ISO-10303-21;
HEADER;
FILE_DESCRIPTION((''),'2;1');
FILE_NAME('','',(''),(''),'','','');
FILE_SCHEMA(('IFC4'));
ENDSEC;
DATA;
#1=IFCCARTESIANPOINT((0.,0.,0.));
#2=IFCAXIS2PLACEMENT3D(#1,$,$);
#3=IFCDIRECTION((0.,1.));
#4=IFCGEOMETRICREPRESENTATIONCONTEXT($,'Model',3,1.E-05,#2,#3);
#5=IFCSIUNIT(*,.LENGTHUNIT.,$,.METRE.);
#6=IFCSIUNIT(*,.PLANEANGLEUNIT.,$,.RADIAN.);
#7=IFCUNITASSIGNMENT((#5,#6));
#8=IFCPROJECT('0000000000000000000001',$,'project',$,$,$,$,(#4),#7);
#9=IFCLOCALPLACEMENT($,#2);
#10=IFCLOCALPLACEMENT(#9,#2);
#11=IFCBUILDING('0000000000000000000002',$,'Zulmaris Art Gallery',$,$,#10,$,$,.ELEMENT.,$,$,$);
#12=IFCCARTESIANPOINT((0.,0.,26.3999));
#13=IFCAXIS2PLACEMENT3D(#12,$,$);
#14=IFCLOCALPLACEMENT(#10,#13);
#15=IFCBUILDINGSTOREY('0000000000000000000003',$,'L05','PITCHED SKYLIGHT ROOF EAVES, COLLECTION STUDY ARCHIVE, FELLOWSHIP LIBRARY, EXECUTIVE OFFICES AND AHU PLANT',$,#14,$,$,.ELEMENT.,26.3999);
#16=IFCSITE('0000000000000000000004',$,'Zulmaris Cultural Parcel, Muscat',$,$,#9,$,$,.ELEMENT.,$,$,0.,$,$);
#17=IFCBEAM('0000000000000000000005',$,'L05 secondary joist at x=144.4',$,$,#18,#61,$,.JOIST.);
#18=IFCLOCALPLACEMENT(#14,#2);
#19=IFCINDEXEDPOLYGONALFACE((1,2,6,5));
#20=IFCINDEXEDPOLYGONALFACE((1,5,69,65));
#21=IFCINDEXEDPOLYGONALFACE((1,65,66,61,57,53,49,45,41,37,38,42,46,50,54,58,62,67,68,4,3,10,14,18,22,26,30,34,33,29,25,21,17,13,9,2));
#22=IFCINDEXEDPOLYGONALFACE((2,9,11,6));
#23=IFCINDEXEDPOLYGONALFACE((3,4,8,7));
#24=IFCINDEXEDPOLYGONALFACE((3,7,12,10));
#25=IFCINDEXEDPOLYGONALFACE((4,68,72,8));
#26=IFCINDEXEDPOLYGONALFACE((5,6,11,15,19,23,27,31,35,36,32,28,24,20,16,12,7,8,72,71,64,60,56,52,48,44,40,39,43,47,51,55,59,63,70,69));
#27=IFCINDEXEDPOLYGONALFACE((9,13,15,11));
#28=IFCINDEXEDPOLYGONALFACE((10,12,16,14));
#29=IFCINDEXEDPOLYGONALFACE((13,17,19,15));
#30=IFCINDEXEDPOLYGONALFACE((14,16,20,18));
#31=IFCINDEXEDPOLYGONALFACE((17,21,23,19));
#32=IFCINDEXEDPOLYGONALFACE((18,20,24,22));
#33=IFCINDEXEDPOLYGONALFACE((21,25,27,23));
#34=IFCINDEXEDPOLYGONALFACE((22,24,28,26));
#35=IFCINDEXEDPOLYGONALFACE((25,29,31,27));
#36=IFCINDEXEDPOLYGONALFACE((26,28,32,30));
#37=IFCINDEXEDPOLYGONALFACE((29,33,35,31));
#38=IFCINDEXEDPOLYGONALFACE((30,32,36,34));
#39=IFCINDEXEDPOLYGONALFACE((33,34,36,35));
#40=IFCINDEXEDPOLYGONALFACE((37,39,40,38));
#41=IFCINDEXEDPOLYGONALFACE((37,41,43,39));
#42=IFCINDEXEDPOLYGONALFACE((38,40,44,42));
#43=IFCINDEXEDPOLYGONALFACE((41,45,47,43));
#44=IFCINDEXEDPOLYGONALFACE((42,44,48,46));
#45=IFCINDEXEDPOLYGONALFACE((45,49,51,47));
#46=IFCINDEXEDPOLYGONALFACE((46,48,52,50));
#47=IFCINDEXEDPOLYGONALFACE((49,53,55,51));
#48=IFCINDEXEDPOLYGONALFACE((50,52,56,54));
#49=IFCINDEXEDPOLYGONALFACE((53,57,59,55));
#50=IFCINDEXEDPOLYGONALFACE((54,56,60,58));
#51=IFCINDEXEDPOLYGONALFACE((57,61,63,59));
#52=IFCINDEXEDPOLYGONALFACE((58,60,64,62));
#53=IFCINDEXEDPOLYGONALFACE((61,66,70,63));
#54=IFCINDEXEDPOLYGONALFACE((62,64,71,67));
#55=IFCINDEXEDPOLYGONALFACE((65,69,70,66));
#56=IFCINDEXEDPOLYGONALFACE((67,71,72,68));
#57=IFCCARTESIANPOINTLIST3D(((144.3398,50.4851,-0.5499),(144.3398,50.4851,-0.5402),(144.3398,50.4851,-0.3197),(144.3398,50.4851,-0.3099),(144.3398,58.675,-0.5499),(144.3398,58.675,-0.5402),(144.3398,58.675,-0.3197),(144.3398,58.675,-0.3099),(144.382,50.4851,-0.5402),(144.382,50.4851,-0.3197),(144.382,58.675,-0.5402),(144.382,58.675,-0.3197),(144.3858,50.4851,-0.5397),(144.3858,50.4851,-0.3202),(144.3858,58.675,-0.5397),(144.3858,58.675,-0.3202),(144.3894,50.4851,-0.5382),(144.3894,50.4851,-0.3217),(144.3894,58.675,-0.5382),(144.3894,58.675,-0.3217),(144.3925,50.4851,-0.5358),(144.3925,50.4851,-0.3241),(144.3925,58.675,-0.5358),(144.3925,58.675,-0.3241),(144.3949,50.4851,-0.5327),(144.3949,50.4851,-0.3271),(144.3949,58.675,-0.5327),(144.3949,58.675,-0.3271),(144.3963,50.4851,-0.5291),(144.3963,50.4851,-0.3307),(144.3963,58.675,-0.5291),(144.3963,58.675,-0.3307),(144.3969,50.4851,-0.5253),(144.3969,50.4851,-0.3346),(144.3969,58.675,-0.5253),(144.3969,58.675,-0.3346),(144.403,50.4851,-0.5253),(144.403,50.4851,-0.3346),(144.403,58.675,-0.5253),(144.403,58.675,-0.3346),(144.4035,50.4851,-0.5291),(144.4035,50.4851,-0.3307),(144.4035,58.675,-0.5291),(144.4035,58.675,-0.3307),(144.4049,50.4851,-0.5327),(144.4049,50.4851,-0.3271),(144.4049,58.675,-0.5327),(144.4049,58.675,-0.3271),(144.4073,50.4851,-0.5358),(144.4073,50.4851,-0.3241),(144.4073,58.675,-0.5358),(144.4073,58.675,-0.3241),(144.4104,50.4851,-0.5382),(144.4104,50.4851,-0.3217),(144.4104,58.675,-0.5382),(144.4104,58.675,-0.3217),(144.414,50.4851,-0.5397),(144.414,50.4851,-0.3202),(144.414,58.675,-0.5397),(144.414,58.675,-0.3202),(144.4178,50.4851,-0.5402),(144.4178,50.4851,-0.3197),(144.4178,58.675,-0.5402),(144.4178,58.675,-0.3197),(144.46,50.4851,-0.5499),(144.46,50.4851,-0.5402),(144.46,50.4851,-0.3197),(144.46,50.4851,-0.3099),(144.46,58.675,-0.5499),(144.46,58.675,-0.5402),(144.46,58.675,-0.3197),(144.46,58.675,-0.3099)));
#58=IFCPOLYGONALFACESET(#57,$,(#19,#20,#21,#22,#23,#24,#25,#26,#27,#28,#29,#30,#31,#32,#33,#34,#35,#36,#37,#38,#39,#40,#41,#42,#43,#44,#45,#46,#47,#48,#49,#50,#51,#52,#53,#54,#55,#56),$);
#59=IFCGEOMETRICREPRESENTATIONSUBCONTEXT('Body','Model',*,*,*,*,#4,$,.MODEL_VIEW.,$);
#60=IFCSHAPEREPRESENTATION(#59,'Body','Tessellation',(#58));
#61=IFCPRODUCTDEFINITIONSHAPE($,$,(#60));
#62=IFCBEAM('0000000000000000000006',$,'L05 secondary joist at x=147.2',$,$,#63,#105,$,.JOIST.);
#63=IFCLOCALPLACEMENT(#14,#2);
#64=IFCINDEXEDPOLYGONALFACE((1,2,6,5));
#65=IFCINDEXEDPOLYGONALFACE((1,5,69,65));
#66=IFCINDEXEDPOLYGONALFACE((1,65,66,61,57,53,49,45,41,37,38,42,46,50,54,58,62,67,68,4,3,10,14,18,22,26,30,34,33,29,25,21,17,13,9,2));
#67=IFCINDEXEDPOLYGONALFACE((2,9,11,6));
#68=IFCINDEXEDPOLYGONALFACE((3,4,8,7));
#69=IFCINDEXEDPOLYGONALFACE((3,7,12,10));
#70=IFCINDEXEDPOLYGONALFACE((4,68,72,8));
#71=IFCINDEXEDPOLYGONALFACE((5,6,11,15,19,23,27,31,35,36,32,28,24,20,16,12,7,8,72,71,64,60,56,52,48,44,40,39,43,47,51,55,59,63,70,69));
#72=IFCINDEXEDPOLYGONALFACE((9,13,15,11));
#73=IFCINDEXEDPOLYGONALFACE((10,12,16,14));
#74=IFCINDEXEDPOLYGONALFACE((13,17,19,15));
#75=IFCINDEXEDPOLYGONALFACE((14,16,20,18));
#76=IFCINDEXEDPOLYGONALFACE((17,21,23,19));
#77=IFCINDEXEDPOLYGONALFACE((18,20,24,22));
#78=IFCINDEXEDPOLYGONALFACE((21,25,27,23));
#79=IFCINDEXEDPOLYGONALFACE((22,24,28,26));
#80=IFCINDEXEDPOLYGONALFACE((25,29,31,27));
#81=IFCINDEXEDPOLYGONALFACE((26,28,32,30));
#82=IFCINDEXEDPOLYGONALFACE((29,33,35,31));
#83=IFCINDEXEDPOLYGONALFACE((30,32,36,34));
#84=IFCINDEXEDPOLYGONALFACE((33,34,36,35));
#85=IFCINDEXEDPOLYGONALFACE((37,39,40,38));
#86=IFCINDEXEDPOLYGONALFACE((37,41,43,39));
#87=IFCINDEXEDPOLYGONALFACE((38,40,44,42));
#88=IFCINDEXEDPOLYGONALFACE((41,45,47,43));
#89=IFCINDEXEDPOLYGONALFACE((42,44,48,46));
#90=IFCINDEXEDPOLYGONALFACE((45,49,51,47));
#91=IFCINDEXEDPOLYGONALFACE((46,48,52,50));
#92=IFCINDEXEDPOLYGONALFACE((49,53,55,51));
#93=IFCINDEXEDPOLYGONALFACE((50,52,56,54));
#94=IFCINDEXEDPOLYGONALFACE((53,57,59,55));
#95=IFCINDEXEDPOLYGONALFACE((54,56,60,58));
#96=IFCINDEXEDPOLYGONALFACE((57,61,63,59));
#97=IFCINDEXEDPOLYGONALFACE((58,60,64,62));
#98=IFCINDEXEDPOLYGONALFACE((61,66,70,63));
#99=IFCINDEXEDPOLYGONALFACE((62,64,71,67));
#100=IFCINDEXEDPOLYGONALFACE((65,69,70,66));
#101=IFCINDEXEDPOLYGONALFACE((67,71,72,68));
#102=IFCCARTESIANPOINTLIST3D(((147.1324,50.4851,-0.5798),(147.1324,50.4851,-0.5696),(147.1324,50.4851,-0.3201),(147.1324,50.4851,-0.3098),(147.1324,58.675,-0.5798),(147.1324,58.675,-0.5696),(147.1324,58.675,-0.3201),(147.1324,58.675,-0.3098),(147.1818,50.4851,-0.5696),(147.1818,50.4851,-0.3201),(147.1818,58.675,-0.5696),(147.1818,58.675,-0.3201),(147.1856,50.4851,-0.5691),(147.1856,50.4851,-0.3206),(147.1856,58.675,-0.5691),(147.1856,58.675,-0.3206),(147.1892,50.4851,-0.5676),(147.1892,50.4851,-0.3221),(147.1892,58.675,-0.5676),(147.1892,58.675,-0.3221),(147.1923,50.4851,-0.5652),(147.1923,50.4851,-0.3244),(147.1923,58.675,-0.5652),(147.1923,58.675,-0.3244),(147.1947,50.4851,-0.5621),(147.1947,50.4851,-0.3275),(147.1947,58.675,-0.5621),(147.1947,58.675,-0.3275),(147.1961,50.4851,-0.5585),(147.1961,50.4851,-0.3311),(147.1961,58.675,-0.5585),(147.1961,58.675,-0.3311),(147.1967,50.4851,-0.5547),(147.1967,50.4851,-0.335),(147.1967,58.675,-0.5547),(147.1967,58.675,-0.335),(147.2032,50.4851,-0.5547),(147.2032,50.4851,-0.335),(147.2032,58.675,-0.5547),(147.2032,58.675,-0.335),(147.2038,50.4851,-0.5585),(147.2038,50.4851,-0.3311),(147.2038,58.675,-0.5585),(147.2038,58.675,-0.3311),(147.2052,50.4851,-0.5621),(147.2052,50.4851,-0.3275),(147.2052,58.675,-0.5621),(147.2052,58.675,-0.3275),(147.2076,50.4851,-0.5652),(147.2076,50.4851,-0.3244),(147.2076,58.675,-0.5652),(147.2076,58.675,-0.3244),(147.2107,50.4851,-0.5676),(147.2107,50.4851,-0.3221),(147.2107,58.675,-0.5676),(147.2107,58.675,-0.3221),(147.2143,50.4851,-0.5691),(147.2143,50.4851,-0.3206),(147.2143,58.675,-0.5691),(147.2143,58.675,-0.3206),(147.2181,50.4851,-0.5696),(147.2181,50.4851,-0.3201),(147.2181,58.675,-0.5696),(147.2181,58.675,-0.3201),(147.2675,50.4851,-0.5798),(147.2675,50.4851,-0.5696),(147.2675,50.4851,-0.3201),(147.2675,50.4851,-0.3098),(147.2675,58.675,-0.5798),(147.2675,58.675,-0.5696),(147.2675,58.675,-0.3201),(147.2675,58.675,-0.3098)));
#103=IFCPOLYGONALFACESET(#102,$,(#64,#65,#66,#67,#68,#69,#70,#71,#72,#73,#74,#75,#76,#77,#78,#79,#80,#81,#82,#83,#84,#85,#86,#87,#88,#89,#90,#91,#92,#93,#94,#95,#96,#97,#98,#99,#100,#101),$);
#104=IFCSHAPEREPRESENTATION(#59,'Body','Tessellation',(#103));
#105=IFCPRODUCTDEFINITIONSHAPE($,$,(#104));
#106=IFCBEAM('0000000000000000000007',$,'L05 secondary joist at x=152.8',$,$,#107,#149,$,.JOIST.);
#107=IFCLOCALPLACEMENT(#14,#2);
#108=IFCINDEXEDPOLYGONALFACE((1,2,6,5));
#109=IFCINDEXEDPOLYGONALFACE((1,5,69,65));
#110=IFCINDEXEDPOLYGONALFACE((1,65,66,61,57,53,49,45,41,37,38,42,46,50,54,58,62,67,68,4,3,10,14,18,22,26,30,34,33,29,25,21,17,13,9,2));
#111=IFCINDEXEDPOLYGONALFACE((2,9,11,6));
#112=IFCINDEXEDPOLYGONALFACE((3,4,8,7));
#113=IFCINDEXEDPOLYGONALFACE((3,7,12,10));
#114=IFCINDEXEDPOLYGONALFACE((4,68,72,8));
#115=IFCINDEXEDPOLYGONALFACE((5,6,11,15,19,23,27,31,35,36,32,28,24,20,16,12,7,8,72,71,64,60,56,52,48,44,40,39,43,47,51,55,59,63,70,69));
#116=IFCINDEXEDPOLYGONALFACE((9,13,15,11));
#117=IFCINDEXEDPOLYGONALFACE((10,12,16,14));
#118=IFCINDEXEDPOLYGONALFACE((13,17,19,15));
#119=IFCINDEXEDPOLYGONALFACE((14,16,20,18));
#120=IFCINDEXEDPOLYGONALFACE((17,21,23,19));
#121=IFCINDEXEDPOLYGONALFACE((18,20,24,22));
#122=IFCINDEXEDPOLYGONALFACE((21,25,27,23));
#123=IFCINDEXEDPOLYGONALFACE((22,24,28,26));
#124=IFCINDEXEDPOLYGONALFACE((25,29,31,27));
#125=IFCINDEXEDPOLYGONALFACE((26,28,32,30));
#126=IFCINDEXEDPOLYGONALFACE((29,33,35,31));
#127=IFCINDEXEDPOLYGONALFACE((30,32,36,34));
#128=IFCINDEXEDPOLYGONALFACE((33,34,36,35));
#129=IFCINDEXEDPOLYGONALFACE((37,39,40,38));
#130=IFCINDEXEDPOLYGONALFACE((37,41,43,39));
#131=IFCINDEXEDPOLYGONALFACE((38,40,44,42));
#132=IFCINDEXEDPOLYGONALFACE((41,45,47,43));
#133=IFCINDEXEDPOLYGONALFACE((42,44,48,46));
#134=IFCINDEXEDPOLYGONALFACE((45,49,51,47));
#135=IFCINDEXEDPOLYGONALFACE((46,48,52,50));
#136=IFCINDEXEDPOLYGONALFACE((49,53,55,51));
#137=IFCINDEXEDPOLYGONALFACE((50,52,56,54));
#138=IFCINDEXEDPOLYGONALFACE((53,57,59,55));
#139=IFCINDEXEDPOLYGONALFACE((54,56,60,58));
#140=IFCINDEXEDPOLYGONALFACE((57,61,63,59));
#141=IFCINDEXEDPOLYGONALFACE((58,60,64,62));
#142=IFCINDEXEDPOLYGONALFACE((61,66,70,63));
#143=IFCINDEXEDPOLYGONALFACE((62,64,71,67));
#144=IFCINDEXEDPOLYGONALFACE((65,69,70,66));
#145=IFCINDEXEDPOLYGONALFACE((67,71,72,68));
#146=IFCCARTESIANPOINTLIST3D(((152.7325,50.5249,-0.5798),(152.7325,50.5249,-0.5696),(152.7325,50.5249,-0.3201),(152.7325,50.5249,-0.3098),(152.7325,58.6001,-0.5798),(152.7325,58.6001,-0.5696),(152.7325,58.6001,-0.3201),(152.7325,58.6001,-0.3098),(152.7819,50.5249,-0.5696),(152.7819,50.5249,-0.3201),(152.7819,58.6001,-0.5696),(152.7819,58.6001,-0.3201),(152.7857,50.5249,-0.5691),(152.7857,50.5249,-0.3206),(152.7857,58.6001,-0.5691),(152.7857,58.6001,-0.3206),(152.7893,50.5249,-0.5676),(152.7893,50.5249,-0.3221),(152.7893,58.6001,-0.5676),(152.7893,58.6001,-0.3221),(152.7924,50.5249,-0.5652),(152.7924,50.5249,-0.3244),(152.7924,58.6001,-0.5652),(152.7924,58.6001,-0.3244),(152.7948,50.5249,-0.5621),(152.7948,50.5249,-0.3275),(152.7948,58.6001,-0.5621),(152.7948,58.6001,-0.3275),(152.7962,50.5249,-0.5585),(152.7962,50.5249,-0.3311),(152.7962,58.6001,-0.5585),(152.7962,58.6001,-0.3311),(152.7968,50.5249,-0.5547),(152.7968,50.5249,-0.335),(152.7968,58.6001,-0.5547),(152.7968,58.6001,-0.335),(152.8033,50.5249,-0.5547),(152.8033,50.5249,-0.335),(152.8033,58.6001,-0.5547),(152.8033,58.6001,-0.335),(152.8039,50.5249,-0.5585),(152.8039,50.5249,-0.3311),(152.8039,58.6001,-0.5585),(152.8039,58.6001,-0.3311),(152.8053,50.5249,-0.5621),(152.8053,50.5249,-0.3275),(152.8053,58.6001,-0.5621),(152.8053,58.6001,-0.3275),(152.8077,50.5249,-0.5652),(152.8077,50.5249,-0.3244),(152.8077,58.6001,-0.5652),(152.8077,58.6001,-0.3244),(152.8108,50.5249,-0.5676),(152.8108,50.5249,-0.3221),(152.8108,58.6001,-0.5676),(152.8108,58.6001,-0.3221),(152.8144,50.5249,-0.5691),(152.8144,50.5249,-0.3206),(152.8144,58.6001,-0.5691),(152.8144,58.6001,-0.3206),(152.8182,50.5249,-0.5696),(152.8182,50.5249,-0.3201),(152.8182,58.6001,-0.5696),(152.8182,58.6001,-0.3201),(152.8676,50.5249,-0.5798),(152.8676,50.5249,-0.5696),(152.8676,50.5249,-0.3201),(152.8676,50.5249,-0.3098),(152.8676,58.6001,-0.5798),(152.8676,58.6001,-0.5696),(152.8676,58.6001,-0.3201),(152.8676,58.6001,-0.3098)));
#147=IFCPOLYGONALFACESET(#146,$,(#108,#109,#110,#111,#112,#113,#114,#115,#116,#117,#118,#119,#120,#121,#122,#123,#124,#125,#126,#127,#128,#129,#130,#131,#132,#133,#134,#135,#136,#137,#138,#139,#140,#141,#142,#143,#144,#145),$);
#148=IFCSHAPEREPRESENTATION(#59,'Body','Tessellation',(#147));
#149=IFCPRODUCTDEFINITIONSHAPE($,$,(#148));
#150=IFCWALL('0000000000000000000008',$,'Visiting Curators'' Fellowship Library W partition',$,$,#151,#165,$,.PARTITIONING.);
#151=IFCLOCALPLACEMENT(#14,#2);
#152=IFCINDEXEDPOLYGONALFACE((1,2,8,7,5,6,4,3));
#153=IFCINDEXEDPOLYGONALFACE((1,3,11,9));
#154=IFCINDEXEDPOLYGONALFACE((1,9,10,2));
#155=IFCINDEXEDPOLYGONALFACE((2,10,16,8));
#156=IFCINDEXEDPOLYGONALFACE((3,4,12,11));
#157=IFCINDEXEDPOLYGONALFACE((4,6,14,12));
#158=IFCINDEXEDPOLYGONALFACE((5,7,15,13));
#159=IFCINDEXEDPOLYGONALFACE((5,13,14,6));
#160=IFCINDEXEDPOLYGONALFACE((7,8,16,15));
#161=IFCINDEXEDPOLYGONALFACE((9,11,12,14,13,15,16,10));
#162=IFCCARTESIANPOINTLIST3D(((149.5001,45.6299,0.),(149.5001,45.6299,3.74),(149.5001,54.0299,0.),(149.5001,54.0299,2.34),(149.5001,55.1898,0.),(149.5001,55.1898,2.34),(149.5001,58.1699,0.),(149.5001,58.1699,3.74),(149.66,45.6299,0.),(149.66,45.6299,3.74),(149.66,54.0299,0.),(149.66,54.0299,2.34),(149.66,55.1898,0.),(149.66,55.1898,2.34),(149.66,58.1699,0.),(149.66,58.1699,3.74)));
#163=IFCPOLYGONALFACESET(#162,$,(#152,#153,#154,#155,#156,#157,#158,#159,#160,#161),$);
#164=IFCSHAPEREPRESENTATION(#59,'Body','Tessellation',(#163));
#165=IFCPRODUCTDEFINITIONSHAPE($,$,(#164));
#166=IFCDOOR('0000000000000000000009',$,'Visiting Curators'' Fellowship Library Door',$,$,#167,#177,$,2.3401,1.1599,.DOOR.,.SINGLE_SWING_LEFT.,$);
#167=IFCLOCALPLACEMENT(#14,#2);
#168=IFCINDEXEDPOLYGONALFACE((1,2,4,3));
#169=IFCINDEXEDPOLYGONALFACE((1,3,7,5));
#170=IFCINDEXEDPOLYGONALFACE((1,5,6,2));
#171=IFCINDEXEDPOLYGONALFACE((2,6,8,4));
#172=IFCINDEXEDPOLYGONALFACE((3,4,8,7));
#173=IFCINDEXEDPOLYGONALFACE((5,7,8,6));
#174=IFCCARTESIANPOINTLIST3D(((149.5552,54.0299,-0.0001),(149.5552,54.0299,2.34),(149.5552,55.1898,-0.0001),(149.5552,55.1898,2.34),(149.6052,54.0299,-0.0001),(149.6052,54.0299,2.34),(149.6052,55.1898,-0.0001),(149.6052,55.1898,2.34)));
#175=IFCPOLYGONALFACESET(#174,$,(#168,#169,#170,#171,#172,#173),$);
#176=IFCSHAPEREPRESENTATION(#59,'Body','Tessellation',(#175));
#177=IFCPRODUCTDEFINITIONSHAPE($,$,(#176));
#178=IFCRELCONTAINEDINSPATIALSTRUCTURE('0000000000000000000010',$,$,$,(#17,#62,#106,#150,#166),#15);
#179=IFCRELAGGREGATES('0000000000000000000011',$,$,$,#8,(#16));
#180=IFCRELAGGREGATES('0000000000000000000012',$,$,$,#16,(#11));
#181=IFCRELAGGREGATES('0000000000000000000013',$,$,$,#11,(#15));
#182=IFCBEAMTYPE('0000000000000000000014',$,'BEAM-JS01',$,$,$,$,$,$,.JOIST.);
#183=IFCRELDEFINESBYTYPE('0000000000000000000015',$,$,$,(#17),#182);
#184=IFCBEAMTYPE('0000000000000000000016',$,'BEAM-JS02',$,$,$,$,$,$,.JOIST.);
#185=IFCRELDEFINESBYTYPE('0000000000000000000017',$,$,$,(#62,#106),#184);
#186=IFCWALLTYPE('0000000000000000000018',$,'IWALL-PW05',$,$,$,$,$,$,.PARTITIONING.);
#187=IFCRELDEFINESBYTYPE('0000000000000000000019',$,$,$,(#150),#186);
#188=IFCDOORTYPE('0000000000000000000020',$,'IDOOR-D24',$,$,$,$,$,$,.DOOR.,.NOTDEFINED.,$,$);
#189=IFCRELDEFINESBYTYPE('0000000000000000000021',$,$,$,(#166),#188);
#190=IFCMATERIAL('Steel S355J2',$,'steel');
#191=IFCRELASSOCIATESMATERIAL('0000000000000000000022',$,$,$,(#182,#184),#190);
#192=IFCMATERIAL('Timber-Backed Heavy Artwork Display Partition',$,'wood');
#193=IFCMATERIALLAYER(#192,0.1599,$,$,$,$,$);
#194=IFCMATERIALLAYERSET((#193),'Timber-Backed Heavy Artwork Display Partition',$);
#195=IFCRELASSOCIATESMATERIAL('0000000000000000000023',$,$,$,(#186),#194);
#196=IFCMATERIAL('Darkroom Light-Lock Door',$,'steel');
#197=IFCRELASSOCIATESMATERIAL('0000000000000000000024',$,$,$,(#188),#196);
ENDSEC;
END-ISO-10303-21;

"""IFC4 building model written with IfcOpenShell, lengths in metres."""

from ifc_helpers import new_model, si_unit, direction, frame, frame_2d, origin, origin_2d, place, context, subcontext, project, spatial, rectangle, i_section, extrude, material, layer, layer_set, material_profile, profile_set, type_object, element, fill, save


model = new_model("IFC4")

# Units and contexts
model_context = context("Model", 3, precision=1e-05, world=origin(), true_north=direction((0.0, 1.0)))
body_context = subcontext(model_context, "Body", "Model", "MODEL_VIEW")
ifc_project = project(units=[si_unit("LENGTHUNIT", "METRE"), si_unit("PLANEANGLEUNIT", "RADIAN")], contexts=[model_context])

# Site, building, storey
site_placement = place(None, origin())
site = spatial("IfcSite", under=ifc_project, at=site_placement, Name="Zulmaris Cultural Parcel, Muscat", CompositionType="ELEMENT", RefElevation=0.0)
building_placement = place(site_placement, origin())
building = spatial("IfcBuilding", under=site, at=building_placement, Name="Zulmaris Art Gallery", CompositionType="ELEMENT")
storey_placement = place(building_placement, frame((0.0, 0.0, 26.3999)))
storey = spatial("IfcBuildingStorey", under=building, at=storey_placement, Name="L05", Description="PITCHED SKYLIGHT ROOF EAVES, COLLECTION STUDY ARCHIVE, FELLOWSHIP LIBRARY, EXECUTIVE OFFICES AND AHU PLANT", CompositionType="ELEMENT", Elevation=26.3999)

# Beams
ifc_material_1 = material(Name="Steel S355J2", Category="steel")
ifc_material_profile_1 = material_profile(ifc_material_1, i_section(OverallWidth=0.1201, OverallDepth=0.24, WebThickness=0.0061, FlangeThickness=0.0098, FilletRadius=0.0149, at=origin_2d()), Name="IPE 240")
ifc_profile_set_1 = profile_set([ifc_material_profile_1], Name="Steel S355J2")
beam_type_1 = type_object("IfcBeamType", Name="BEAM-JS01", PredefinedType="JOIST", material=ifc_profile_set_1)
beam_1_placement = place(storey_placement, frame((144.3999, 50.4851, -0.4299), z_axis=(0.0, 1.0, 0.0), x_axis=(-1.0, 0.0, 0.0)))
element("IfcBeam", 1, at=beam_1_placement, inside=storey, type_object=beam_type_1, Name="L05 secondary joist at x=144.4", PredefinedType="JOIST", context=body_context, shape_type="SweptSolid", body=[
    extrude(i_section(OverallWidth=0.1201, OverallDepth=0.24, WebThickness=0.0061, FlangeThickness=0.0098, FilletRadius=0.0149, at=origin_2d()), origin(), (0.0, 0.0, 1.0), 8.1899),
])
ifc_material_profile_2 = material_profile(ifc_material_1, i_section(OverallWidth=0.135, OverallDepth=0.27, WebThickness=0.0066, FlangeThickness=0.0103, FilletRadius=0.0149, at=origin_2d()), Name="IPE 270")
ifc_profile_set_2 = profile_set([ifc_material_profile_2], Name="Steel S355J2")
beam_type_2 = type_object("IfcBeamType", Name="BEAM-JS02", PredefinedType="JOIST", material=ifc_profile_set_2)
beam_2_placement = place(storey_placement, frame((147.2, 50.4851, -0.4448), z_axis=(0.0, 1.0, 0.0), x_axis=(-1.0, 0.0, 0.0)))
element("IfcBeam", 2, at=beam_2_placement, inside=storey, type_object=beam_type_2, Name="L05 secondary joist at x=147.2", PredefinedType="JOIST", context=body_context, shape_type="SweptSolid", body=[
    extrude(i_section(OverallWidth=0.135, OverallDepth=0.27, WebThickness=0.0066, FlangeThickness=0.0103, FilletRadius=0.0149, at=origin_2d()), origin(), (0.0, 0.0, 1.0), 8.1899),
])
beam_3_placement = place(storey_placement, frame((152.8, 50.5249, -0.4448), z_axis=(0.0, 1.0, 0.0), x_axis=(-1.0, 0.0, 0.0)))
element("IfcBeam", 3, at=beam_3_placement, inside=storey, type_object=beam_type_2, Name="L05 secondary joist at x=152.8", PredefinedType="JOIST", context=body_context, shape_type="SweptSolid", body=[
    extrude(i_section(OverallWidth=0.135, OverallDepth=0.27, WebThickness=0.0066, FlangeThickness=0.0103, FilletRadius=0.0149, at=origin_2d()), origin(), (0.0, 0.0, 1.0), 8.0752),
])

# Wall, opening, door
ifc_material_2 = material(Name="Timber-Backed Heavy Artwork Display Partition", Category="wood")
ifc_layer_1 = layer(ifc_material_2, 0.1599)
ifc_layer_set_1 = layer_set([ifc_layer_1], Name="Timber-Backed Heavy Artwork Display Partition")
wall_type_1 = type_object("IfcWallType", Name="IWALL-PW05", PredefinedType="PARTITIONING", material=ifc_layer_set_1)
wall_1_placement = place(storey_placement, frame((149.5801, 45.6299, 0.0), z_axis=(0.0, 0.0, 1.0), x_axis=(0.0, 1.0, 0.0)))
wall_1 = element("IfcWall", 4, at=wall_1_placement, inside=storey, type_object=wall_type_1, Name="Visiting Curators' Fellowship Library W partition", PredefinedType="PARTITIONING", context=body_context, shape_type="SweptSolid", body=[
    extrude(rectangle(XDim=12.54, YDim=0.1599, at=frame_2d((6.27, 0.0))), origin(), (0.0, 0.0, 1.0), 3.74),
])
opening_1_placement = place(wall_1_placement, frame((8.3999, 0.0, 0.0)))
opening_1 = element("IfcOpeningElement", 5, at=opening_1_placement, cuts=wall_1, PredefinedType="OPENING", context=body_context, shape_type="SweptSolid", body=[
    extrude(rectangle(XDim=1.1599, YDim=2.3401, at=frame_2d((0.5801, 1.1699))), frame((0.0, 0.0898, 0.0), z_axis=(0.0, -1.0, 0.0), x_axis=(1.0, 0.0, 0.0)), (0.0, 0.0, 1.0), 0.1799),
])
ifc_material_3 = material(Name="Darkroom Light-Lock Door", Category="steel")
door_type = type_object("IfcDoorType", Name="IDOOR-D24", OperationType="NOTDEFINED", PredefinedType="DOOR", material=ifc_material_3)
door_placement = place(opening_1_placement, origin())
door = element("IfcDoor", 6, at=door_placement, inside=storey, type_object=door_type, Name="Visiting Curators' Fellowship Library Door", OperationType="SINGLE_SWING_LEFT", OverallHeight=2.3401, OverallWidth=1.1599, PredefinedType="DOOR", context=body_context, shape_type="SweptSolid", body=[
    extrude(rectangle(XDim=1.1599, YDim=2.3401, at=frame_2d((0.5801, 1.1699))), frame((0.0, 0.0249, 0.0), z_axis=(0.0, -1.0, 0.0), x_axis=(1.0, 0.0, 0.0)), (0.0, 0.0, 1.0), 0.05),
])
fill(opening_1, door)

save(model, "model.ifc")
